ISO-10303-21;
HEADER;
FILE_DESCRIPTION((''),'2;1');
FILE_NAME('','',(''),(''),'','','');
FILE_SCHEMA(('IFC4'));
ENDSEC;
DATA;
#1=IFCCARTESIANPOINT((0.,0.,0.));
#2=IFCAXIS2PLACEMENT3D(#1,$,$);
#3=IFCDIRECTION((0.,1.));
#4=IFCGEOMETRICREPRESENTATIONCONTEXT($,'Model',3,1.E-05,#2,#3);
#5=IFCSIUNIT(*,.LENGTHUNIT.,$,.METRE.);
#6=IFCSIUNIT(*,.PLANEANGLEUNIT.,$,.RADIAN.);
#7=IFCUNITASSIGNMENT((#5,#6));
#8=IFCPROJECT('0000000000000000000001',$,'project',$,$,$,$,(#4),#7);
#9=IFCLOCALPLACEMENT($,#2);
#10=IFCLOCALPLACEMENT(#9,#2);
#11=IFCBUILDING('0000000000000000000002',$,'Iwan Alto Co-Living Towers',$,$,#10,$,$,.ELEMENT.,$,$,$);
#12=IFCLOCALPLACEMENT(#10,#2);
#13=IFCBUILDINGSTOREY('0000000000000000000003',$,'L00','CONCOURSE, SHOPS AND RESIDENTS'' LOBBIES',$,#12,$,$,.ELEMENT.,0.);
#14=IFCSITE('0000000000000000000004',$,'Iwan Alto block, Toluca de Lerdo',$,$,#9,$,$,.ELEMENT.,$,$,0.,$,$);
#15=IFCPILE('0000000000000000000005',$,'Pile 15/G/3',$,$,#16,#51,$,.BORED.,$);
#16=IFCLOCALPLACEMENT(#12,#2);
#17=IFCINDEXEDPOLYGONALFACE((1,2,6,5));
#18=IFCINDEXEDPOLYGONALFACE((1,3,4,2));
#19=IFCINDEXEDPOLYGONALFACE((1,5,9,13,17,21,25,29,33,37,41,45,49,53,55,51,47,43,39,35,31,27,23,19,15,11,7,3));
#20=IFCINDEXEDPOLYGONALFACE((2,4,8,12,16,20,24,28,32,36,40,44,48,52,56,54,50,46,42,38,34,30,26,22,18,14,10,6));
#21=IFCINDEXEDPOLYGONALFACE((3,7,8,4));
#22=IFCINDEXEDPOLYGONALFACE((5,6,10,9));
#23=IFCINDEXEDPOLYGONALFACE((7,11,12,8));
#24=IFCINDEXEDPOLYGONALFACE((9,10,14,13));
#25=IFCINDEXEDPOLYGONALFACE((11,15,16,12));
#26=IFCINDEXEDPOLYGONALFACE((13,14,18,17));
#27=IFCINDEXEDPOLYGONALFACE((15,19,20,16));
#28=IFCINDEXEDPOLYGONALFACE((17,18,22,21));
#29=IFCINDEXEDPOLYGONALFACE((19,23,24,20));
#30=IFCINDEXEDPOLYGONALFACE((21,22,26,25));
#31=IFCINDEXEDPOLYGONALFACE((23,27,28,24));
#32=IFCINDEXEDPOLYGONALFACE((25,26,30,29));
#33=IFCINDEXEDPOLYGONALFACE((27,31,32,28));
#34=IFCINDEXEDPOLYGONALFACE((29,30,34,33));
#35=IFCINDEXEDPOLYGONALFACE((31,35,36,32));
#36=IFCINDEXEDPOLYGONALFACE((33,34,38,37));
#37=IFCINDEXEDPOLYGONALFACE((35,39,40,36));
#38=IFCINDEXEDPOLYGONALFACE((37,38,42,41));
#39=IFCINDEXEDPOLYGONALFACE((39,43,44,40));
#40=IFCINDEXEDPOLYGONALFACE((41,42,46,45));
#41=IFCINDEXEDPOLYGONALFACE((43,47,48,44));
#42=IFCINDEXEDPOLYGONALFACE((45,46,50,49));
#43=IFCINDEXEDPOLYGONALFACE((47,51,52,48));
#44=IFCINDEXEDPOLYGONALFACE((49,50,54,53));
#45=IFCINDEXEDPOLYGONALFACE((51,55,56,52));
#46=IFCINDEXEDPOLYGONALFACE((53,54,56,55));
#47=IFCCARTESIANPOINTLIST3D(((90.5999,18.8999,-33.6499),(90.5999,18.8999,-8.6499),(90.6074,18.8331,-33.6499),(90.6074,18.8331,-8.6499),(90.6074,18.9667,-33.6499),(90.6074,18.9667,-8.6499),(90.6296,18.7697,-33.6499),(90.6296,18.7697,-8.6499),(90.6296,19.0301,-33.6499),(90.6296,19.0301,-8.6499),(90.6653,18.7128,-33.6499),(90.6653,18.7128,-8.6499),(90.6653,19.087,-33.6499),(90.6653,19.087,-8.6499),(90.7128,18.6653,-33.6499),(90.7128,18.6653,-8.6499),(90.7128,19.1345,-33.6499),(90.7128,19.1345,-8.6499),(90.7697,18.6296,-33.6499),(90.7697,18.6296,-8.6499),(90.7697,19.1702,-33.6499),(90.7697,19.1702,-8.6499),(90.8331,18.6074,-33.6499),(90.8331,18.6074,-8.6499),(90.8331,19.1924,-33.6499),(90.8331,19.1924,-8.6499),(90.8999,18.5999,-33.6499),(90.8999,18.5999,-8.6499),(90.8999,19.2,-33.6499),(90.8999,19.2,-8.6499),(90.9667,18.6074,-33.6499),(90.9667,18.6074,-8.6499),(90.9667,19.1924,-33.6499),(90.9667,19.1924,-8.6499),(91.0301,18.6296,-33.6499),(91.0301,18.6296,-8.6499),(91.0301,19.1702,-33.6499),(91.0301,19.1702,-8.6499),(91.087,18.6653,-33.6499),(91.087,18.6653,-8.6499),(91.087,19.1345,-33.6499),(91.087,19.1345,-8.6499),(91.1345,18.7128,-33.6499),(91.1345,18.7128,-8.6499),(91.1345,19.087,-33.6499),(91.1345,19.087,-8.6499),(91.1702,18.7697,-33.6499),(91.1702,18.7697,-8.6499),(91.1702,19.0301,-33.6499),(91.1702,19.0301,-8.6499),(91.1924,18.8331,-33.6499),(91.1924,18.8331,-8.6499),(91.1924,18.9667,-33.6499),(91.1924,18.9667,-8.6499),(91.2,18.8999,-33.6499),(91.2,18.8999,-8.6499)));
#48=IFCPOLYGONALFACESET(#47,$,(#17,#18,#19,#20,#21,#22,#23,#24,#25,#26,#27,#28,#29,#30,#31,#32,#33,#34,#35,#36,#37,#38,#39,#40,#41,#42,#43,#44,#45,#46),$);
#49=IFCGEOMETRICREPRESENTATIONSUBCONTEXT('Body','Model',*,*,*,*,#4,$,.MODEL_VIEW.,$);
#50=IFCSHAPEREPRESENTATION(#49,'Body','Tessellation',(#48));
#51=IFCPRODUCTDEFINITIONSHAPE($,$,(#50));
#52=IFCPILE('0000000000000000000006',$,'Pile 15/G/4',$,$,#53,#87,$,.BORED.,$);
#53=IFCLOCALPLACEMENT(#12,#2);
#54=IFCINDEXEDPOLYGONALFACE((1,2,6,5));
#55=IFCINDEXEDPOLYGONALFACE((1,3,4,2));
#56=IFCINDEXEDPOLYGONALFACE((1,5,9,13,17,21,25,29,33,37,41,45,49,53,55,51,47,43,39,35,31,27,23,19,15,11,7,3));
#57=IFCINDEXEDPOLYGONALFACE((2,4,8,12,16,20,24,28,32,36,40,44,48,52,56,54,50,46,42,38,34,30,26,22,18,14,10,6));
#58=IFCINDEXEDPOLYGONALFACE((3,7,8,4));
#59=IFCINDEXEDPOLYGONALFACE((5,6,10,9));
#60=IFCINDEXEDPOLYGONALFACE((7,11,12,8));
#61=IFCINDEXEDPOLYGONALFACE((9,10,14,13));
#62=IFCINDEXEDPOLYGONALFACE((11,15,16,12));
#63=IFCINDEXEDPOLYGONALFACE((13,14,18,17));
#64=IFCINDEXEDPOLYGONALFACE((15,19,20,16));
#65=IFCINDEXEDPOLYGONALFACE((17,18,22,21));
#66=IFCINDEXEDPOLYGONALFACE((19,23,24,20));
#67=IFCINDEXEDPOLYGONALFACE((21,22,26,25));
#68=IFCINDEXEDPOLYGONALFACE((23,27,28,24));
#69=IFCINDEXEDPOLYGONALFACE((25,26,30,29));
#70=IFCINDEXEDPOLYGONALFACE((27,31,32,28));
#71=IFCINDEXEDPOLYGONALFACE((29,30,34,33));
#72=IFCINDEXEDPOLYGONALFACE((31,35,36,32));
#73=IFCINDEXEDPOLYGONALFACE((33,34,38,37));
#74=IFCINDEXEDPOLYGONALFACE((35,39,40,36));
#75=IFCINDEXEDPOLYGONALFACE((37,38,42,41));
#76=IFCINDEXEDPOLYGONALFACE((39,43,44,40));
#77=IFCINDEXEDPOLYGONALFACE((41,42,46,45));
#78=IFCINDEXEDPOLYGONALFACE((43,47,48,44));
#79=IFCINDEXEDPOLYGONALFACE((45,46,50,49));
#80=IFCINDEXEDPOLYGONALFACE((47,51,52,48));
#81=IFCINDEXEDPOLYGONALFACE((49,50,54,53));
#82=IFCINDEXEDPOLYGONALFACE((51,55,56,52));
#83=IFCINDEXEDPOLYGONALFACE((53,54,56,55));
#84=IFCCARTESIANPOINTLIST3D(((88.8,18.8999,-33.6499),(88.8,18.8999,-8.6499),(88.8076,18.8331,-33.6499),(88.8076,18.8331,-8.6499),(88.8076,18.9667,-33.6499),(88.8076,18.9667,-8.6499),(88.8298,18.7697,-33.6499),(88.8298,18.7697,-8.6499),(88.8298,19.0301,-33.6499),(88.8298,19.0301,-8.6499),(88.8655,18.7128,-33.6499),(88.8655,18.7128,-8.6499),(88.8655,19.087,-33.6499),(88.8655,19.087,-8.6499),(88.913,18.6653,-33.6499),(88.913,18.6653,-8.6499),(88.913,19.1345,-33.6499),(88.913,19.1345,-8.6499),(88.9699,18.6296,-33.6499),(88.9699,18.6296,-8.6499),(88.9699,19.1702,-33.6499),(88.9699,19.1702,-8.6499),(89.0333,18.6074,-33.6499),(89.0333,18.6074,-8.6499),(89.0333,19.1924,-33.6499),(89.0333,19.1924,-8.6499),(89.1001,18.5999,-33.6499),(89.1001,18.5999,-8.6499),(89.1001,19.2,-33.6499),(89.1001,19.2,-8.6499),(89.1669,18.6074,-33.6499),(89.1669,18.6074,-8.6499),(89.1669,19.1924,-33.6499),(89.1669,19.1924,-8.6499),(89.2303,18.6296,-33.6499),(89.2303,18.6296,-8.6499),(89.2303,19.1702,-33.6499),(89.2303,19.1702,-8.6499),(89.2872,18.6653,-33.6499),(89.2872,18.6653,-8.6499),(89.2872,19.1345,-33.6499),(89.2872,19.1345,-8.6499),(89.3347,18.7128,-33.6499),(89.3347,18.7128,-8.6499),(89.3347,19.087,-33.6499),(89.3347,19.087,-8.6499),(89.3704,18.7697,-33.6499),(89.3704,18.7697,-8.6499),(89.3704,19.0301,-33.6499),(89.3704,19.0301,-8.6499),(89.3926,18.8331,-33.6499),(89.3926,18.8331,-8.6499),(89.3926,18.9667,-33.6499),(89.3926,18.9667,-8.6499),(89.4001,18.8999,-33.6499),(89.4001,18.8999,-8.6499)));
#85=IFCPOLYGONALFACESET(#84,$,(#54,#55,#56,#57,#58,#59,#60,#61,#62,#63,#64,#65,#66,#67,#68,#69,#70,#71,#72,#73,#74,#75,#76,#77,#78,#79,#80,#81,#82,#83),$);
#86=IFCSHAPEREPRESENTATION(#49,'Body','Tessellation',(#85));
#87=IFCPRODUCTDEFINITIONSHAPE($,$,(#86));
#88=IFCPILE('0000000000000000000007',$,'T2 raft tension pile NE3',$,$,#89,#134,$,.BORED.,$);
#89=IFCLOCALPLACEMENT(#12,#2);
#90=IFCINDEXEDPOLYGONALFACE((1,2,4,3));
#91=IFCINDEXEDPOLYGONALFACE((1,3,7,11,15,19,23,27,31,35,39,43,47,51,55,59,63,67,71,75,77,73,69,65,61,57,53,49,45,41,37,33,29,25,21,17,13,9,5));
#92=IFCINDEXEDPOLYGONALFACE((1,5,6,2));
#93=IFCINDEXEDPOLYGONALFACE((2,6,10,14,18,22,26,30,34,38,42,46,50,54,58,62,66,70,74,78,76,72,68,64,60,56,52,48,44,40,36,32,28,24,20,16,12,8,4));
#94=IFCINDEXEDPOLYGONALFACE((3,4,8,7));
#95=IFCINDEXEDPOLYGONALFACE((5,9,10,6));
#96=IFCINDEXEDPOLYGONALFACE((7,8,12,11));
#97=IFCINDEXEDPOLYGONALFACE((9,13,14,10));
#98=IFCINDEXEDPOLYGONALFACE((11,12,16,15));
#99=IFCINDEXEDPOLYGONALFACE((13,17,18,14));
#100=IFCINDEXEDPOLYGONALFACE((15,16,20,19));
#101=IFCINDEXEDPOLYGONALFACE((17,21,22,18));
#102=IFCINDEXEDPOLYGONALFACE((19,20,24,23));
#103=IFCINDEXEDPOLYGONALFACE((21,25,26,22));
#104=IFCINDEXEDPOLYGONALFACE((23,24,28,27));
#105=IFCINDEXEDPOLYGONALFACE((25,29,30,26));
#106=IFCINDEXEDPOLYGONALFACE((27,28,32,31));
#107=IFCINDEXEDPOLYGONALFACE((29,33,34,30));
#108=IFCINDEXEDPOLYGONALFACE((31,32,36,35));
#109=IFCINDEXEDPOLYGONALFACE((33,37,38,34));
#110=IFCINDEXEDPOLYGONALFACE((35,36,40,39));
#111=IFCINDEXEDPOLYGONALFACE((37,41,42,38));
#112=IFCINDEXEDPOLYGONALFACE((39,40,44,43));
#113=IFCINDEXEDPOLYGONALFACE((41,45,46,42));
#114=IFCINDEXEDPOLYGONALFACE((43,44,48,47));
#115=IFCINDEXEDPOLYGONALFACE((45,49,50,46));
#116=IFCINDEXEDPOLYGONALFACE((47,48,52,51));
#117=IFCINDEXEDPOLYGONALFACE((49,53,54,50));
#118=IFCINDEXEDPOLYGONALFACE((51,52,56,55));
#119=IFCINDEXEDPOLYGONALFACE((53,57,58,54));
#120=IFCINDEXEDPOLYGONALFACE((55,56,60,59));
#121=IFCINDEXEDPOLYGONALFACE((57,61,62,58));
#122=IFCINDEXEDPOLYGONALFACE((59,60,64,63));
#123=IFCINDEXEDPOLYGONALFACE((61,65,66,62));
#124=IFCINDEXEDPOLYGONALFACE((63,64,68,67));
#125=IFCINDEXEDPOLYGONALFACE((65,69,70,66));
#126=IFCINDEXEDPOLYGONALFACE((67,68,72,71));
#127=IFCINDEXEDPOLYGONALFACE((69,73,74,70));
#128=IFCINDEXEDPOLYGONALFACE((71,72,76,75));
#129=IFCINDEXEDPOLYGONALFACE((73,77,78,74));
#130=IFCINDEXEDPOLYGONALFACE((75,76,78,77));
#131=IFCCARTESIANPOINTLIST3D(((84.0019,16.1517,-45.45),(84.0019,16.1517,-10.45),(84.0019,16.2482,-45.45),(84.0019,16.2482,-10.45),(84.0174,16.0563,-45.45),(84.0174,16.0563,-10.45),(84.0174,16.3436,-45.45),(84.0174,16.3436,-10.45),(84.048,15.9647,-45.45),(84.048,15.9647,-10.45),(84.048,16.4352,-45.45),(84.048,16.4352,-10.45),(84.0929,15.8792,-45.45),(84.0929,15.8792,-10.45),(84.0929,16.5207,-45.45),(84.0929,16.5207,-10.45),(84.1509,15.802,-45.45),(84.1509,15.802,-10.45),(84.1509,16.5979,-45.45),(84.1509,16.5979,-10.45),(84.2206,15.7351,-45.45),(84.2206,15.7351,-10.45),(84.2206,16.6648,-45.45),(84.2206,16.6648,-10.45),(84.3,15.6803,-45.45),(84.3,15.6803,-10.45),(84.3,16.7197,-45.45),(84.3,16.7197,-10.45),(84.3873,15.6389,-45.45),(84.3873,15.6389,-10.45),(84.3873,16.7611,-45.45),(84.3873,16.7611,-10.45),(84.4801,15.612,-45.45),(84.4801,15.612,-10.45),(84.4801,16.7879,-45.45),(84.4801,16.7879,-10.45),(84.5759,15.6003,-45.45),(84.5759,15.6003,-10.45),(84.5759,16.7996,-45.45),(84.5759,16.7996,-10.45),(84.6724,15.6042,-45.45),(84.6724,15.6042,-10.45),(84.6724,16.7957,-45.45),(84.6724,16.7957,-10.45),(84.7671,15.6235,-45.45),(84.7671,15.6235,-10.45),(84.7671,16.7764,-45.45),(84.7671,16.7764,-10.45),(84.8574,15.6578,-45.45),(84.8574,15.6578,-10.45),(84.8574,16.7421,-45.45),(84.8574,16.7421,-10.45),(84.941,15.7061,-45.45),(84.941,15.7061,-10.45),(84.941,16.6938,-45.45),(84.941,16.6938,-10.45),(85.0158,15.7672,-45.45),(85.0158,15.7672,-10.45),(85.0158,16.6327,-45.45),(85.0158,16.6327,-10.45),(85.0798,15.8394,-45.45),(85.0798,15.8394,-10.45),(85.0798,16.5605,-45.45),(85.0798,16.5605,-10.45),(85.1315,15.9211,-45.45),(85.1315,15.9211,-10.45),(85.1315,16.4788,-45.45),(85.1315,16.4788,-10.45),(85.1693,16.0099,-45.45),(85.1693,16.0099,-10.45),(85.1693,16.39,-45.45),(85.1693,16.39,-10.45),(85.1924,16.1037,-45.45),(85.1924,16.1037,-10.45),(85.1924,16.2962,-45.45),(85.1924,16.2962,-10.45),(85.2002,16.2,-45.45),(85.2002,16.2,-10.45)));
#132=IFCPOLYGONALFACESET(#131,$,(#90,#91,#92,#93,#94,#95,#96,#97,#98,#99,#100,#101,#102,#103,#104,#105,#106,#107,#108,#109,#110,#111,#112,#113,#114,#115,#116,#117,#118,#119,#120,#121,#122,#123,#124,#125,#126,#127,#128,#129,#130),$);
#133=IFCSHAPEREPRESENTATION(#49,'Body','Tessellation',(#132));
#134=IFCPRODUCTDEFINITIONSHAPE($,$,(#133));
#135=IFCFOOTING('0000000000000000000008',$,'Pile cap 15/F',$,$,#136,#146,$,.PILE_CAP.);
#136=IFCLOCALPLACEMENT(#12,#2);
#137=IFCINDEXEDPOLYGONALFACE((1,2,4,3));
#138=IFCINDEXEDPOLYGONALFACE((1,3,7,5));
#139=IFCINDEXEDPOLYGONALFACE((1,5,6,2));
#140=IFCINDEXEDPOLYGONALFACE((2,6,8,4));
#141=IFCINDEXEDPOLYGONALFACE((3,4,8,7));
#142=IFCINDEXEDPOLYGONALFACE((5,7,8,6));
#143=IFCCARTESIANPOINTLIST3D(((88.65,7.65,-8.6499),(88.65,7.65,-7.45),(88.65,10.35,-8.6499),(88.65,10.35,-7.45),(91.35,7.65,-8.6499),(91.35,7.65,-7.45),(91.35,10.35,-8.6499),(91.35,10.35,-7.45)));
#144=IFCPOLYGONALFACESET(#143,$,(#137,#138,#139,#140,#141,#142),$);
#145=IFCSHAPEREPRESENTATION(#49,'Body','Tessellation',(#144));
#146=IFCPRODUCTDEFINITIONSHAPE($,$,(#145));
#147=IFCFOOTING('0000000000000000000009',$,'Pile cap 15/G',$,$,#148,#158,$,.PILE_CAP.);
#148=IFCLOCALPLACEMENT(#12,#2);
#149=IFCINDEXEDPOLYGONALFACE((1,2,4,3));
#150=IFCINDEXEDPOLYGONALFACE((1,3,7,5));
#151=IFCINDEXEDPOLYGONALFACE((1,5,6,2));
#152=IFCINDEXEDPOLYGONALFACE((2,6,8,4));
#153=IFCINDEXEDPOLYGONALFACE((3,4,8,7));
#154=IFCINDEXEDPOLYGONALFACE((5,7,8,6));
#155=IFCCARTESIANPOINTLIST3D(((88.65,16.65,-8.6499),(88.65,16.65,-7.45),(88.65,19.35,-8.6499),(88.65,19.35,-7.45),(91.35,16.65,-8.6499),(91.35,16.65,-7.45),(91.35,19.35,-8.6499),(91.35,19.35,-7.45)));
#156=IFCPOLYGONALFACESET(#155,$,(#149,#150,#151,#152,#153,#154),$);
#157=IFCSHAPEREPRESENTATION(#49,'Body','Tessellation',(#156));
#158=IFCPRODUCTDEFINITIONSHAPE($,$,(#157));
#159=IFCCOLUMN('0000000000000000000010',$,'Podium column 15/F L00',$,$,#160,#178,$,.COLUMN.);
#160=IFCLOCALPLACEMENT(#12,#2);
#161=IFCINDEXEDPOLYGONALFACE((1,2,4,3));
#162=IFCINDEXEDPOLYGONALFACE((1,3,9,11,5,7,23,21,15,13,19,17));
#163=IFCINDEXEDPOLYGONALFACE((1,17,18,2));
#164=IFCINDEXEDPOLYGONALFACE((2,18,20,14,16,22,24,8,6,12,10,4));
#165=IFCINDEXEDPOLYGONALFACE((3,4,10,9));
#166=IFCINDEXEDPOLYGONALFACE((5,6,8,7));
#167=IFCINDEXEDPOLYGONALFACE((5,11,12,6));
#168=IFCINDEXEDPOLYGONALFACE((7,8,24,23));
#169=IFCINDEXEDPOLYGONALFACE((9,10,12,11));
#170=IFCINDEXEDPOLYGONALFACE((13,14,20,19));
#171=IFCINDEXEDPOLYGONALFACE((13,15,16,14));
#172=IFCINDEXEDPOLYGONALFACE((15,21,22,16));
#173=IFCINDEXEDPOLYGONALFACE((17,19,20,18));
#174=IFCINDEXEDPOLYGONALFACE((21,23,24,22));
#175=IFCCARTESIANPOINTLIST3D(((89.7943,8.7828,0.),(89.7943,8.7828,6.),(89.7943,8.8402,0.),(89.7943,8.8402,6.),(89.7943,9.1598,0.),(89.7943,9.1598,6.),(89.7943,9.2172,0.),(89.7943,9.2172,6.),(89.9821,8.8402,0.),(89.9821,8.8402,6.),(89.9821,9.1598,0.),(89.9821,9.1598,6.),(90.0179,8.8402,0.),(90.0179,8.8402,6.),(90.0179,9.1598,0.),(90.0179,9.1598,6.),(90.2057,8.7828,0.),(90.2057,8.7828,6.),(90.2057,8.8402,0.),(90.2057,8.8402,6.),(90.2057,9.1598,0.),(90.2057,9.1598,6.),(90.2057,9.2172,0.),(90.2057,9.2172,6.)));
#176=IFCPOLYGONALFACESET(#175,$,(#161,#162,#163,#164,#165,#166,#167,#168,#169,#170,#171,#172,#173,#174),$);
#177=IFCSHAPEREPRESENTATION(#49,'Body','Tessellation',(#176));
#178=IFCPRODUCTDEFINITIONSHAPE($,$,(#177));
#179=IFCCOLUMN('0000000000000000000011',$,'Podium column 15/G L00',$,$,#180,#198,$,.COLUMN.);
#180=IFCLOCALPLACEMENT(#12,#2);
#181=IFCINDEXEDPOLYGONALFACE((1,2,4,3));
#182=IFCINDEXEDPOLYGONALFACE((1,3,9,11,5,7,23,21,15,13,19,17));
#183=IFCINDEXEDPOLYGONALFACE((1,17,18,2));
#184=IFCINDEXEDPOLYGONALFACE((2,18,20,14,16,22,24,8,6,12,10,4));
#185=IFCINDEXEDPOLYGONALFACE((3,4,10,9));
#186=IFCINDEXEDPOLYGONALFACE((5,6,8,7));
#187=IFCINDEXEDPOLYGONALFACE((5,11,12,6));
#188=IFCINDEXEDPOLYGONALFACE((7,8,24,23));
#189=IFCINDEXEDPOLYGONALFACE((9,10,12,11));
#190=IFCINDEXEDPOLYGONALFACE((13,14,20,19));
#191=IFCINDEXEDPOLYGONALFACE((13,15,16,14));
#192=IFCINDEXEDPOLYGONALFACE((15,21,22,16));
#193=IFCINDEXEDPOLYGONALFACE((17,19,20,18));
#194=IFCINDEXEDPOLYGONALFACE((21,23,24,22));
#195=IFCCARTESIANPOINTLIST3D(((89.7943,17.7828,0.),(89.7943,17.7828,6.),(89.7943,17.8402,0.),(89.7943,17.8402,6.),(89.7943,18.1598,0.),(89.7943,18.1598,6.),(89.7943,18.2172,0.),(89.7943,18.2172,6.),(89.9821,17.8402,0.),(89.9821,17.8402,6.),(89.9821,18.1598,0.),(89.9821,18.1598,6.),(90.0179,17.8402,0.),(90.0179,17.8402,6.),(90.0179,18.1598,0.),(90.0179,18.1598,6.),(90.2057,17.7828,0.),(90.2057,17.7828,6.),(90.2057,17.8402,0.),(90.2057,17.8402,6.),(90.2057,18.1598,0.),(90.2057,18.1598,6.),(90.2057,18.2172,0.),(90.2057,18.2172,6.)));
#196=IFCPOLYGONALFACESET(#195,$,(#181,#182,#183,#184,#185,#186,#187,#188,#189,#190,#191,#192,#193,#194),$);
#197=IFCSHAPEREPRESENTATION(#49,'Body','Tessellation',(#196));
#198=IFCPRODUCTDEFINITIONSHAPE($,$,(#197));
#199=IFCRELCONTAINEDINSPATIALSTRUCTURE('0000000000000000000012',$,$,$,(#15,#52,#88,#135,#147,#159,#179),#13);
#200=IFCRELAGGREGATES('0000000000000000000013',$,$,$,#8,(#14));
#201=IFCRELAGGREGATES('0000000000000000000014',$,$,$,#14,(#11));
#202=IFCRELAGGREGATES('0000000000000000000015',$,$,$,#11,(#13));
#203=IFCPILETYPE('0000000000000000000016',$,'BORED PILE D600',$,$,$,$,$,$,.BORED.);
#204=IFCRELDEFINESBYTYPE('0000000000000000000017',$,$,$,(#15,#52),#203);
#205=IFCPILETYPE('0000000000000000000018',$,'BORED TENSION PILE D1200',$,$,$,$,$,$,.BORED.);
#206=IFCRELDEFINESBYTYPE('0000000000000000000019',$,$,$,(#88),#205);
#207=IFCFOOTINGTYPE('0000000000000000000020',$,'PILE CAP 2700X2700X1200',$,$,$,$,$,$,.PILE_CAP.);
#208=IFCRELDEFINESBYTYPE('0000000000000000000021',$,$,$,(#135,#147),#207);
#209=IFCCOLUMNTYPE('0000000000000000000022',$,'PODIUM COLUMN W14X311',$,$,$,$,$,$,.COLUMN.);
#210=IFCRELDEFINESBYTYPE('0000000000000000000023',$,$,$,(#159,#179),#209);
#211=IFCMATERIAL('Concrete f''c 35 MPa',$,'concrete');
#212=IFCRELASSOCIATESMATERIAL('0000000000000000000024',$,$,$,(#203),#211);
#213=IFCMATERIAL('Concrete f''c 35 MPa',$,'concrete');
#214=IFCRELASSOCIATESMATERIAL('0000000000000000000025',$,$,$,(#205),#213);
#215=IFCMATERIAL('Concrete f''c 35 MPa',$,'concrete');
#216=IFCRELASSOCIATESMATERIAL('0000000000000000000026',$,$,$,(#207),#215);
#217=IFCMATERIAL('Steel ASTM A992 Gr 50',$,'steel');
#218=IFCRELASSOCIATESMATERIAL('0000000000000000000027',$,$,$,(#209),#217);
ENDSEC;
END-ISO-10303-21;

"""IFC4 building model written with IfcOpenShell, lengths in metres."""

from ifc_helpers import new_model, si_unit, direction, frame, origin, origin_2d, place, context, subcontext, project, spatial, rectangle, circle, i_section, extrude, material, material_profile, profile_set, type_object, element, save


model = new_model("IFC4")

# Units and contexts
model_context = context("Model", 3, precision=1e-05, world=origin(), true_north=direction((0.0, 1.0)))
body_context = subcontext(model_context, "Body", "Model", "MODEL_VIEW")
ifc_project = project(units=[si_unit("LENGTHUNIT", "METRE"), si_unit("PLANEANGLEUNIT", "RADIAN")], contexts=[model_context])

# Site, building, storey
site_placement = place(None, origin())
site = spatial("IfcSite", under=ifc_project, at=site_placement, Name="Iwan Alto block, Toluca de Lerdo", CompositionType="ELEMENT", RefElevation=0.0)
building_placement = place(site_placement, origin())
building = spatial("IfcBuilding", under=site, at=building_placement, Name="Iwan Alto Co-Living Towers", CompositionType="ELEMENT")
storey_placement = place(building_placement, origin())
storey = spatial("IfcBuildingStorey", under=building, at=storey_placement, Name="L00", Description="CONCOURSE, SHOPS AND RESIDENTS' LOBBIES", CompositionType="ELEMENT", Elevation=0.0)

# Piles
ifc_material_1 = material(Name="Concrete f'c 35 MPa", Category="concrete")
ifc_material_profile_1 = material_profile(ifc_material_1, circle(Radius=0.3, at=origin_2d()), Name="D600")
ifc_profile_set_1 = profile_set([ifc_material_profile_1], Name="Concrete f'c 35 MPa")
pile_type_1 = type_object("IfcPileType", Name="BORED PILE D600", PredefinedType="BORED", material=ifc_profile_set_1)
for number, where, z_axis, x_axis, name in (
    (1, (90.8999, 18.8999, -8.6499), (0.0, 0.0, -1.0), (1.0, 0.0, 0.0), "Pile 15/G/3"),
    (2, (89.1001, 18.8999, -8.6499), (0.0, 0.0, -1.0), (1.0, 0.0, 0.0), "Pile 15/G/4"),
):
    element("IfcPile", number, at=place(storey_placement, frame(where, z_axis=z_axis, x_axis=x_axis)), inside=storey, type_object=pile_type_1, Name=name, PredefinedType="BORED", context=body_context, shape_type="SweptSolid", body=[
        extrude(circle(Radius=0.3, at=origin_2d()), origin(), (0.0, 0.0, 1.0), 25.0),
    ])
ifc_material_2 = material(Name="Concrete f'c 35 MPa", Category="concrete")
ifc_material_profile_2 = material_profile(ifc_material_2, circle(Radius=0.6001, at=origin_2d()), Name="D1200")
ifc_profile_set_2 = profile_set([ifc_material_profile_2], Name="Concrete f'c 35 MPa")
pile_type_2 = type_object("IfcPileType", Name="BORED TENSION PILE D1200", PredefinedType="BORED", material=ifc_profile_set_2)
pile_placement = place(storey_placement, frame((84.6001, 16.2, -10.45), z_axis=(0.0, 0.0, -1.0), x_axis=(1.0, 0.0, 0.0)))
element("IfcPile", 3, at=pile_placement, inside=storey, type_object=pile_type_2, Name="T2 raft tension pile NE3", PredefinedType="BORED", context=body_context, shape_type="SweptSolid", body=[
    extrude(circle(Radius=0.6001, at=origin_2d()), origin(), (0.0, 0.0, 1.0), 35.0),
])

# Footings
ifc_material_3 = material(Name="Concrete f'c 35 MPa", Category="concrete")
footing_type = type_object("IfcFootingType", Name="PILE CAP 2700X2700X1200", PredefinedType="PILE_CAP", material=ifc_material_3)
for number, where, z_axis, x_axis, name in (
    (4, (90.0, 9.0, -8.6499), (0.0, 0.0, 1.0), (1.0, 0.0, 0.0), "Pile cap 15/F"),
    (5, (90.0, 18.0, -8.6499), (0.0, 0.0, 1.0), (1.0, 0.0, 0.0), "Pile cap 15/G"),
):
    element("IfcFooting", number, at=place(storey_placement, frame(where, z_axis=z_axis, x_axis=x_axis)), inside=storey, type_object=footing_type, Name=name, PredefinedType="PILE_CAP", context=body_context, shape_type="SweptSolid", body=[
        extrude(rectangle(XDim=2.7, YDim=2.7, at=origin_2d()), origin(), (0.0, 0.0, 1.0), 1.2),
    ])

# Columns
ifc_material_4 = material(Name="Steel ASTM A992 Gr 50", Category="steel")
ifc_material_profile_3 = material_profile(ifc_material_4, i_section(OverallWidth=0.4114, OverallDepth=0.4343, WebThickness=0.0359, FlangeThickness=0.0574, at=origin_2d()), Name="W14X311")
ifc_profile_set_3 = profile_set([ifc_material_profile_3], Name="Steel ASTM A992 Gr 50")
column_type_1 = type_object("IfcColumnType", Name="PODIUM COLUMN W14X311", PredefinedType="COLUMN", material=ifc_profile_set_3)
for number, where, z_axis, x_axis, name in (
    (6, (90.0, 9.0, 0.0), (0.0, 0.0, 1.0), (1.0, 0.0, 0.0), "Podium column 15/F L00"),
    (7, (90.0, 18.0, 0.0), (0.0, 0.0, 1.0), (1.0, 0.0, 0.0), "Podium column 15/G L00"),
):
    element("IfcColumn", number, at=place(storey_placement, frame(where, z_axis=z_axis, x_axis=x_axis)), inside=storey, type_object=column_type_1, Name=name, PredefinedType="COLUMN", context=body_context, shape_type="SweptSolid", body=[
        extrude(i_section(OverallWidth=0.4114, OverallDepth=0.4343, WebThickness=0.0359, FlangeThickness=0.0574, at=origin_2d()), origin(), (0.0, 0.0, 1.0), 6.0),
    ])

save(model, "model.ifc")
